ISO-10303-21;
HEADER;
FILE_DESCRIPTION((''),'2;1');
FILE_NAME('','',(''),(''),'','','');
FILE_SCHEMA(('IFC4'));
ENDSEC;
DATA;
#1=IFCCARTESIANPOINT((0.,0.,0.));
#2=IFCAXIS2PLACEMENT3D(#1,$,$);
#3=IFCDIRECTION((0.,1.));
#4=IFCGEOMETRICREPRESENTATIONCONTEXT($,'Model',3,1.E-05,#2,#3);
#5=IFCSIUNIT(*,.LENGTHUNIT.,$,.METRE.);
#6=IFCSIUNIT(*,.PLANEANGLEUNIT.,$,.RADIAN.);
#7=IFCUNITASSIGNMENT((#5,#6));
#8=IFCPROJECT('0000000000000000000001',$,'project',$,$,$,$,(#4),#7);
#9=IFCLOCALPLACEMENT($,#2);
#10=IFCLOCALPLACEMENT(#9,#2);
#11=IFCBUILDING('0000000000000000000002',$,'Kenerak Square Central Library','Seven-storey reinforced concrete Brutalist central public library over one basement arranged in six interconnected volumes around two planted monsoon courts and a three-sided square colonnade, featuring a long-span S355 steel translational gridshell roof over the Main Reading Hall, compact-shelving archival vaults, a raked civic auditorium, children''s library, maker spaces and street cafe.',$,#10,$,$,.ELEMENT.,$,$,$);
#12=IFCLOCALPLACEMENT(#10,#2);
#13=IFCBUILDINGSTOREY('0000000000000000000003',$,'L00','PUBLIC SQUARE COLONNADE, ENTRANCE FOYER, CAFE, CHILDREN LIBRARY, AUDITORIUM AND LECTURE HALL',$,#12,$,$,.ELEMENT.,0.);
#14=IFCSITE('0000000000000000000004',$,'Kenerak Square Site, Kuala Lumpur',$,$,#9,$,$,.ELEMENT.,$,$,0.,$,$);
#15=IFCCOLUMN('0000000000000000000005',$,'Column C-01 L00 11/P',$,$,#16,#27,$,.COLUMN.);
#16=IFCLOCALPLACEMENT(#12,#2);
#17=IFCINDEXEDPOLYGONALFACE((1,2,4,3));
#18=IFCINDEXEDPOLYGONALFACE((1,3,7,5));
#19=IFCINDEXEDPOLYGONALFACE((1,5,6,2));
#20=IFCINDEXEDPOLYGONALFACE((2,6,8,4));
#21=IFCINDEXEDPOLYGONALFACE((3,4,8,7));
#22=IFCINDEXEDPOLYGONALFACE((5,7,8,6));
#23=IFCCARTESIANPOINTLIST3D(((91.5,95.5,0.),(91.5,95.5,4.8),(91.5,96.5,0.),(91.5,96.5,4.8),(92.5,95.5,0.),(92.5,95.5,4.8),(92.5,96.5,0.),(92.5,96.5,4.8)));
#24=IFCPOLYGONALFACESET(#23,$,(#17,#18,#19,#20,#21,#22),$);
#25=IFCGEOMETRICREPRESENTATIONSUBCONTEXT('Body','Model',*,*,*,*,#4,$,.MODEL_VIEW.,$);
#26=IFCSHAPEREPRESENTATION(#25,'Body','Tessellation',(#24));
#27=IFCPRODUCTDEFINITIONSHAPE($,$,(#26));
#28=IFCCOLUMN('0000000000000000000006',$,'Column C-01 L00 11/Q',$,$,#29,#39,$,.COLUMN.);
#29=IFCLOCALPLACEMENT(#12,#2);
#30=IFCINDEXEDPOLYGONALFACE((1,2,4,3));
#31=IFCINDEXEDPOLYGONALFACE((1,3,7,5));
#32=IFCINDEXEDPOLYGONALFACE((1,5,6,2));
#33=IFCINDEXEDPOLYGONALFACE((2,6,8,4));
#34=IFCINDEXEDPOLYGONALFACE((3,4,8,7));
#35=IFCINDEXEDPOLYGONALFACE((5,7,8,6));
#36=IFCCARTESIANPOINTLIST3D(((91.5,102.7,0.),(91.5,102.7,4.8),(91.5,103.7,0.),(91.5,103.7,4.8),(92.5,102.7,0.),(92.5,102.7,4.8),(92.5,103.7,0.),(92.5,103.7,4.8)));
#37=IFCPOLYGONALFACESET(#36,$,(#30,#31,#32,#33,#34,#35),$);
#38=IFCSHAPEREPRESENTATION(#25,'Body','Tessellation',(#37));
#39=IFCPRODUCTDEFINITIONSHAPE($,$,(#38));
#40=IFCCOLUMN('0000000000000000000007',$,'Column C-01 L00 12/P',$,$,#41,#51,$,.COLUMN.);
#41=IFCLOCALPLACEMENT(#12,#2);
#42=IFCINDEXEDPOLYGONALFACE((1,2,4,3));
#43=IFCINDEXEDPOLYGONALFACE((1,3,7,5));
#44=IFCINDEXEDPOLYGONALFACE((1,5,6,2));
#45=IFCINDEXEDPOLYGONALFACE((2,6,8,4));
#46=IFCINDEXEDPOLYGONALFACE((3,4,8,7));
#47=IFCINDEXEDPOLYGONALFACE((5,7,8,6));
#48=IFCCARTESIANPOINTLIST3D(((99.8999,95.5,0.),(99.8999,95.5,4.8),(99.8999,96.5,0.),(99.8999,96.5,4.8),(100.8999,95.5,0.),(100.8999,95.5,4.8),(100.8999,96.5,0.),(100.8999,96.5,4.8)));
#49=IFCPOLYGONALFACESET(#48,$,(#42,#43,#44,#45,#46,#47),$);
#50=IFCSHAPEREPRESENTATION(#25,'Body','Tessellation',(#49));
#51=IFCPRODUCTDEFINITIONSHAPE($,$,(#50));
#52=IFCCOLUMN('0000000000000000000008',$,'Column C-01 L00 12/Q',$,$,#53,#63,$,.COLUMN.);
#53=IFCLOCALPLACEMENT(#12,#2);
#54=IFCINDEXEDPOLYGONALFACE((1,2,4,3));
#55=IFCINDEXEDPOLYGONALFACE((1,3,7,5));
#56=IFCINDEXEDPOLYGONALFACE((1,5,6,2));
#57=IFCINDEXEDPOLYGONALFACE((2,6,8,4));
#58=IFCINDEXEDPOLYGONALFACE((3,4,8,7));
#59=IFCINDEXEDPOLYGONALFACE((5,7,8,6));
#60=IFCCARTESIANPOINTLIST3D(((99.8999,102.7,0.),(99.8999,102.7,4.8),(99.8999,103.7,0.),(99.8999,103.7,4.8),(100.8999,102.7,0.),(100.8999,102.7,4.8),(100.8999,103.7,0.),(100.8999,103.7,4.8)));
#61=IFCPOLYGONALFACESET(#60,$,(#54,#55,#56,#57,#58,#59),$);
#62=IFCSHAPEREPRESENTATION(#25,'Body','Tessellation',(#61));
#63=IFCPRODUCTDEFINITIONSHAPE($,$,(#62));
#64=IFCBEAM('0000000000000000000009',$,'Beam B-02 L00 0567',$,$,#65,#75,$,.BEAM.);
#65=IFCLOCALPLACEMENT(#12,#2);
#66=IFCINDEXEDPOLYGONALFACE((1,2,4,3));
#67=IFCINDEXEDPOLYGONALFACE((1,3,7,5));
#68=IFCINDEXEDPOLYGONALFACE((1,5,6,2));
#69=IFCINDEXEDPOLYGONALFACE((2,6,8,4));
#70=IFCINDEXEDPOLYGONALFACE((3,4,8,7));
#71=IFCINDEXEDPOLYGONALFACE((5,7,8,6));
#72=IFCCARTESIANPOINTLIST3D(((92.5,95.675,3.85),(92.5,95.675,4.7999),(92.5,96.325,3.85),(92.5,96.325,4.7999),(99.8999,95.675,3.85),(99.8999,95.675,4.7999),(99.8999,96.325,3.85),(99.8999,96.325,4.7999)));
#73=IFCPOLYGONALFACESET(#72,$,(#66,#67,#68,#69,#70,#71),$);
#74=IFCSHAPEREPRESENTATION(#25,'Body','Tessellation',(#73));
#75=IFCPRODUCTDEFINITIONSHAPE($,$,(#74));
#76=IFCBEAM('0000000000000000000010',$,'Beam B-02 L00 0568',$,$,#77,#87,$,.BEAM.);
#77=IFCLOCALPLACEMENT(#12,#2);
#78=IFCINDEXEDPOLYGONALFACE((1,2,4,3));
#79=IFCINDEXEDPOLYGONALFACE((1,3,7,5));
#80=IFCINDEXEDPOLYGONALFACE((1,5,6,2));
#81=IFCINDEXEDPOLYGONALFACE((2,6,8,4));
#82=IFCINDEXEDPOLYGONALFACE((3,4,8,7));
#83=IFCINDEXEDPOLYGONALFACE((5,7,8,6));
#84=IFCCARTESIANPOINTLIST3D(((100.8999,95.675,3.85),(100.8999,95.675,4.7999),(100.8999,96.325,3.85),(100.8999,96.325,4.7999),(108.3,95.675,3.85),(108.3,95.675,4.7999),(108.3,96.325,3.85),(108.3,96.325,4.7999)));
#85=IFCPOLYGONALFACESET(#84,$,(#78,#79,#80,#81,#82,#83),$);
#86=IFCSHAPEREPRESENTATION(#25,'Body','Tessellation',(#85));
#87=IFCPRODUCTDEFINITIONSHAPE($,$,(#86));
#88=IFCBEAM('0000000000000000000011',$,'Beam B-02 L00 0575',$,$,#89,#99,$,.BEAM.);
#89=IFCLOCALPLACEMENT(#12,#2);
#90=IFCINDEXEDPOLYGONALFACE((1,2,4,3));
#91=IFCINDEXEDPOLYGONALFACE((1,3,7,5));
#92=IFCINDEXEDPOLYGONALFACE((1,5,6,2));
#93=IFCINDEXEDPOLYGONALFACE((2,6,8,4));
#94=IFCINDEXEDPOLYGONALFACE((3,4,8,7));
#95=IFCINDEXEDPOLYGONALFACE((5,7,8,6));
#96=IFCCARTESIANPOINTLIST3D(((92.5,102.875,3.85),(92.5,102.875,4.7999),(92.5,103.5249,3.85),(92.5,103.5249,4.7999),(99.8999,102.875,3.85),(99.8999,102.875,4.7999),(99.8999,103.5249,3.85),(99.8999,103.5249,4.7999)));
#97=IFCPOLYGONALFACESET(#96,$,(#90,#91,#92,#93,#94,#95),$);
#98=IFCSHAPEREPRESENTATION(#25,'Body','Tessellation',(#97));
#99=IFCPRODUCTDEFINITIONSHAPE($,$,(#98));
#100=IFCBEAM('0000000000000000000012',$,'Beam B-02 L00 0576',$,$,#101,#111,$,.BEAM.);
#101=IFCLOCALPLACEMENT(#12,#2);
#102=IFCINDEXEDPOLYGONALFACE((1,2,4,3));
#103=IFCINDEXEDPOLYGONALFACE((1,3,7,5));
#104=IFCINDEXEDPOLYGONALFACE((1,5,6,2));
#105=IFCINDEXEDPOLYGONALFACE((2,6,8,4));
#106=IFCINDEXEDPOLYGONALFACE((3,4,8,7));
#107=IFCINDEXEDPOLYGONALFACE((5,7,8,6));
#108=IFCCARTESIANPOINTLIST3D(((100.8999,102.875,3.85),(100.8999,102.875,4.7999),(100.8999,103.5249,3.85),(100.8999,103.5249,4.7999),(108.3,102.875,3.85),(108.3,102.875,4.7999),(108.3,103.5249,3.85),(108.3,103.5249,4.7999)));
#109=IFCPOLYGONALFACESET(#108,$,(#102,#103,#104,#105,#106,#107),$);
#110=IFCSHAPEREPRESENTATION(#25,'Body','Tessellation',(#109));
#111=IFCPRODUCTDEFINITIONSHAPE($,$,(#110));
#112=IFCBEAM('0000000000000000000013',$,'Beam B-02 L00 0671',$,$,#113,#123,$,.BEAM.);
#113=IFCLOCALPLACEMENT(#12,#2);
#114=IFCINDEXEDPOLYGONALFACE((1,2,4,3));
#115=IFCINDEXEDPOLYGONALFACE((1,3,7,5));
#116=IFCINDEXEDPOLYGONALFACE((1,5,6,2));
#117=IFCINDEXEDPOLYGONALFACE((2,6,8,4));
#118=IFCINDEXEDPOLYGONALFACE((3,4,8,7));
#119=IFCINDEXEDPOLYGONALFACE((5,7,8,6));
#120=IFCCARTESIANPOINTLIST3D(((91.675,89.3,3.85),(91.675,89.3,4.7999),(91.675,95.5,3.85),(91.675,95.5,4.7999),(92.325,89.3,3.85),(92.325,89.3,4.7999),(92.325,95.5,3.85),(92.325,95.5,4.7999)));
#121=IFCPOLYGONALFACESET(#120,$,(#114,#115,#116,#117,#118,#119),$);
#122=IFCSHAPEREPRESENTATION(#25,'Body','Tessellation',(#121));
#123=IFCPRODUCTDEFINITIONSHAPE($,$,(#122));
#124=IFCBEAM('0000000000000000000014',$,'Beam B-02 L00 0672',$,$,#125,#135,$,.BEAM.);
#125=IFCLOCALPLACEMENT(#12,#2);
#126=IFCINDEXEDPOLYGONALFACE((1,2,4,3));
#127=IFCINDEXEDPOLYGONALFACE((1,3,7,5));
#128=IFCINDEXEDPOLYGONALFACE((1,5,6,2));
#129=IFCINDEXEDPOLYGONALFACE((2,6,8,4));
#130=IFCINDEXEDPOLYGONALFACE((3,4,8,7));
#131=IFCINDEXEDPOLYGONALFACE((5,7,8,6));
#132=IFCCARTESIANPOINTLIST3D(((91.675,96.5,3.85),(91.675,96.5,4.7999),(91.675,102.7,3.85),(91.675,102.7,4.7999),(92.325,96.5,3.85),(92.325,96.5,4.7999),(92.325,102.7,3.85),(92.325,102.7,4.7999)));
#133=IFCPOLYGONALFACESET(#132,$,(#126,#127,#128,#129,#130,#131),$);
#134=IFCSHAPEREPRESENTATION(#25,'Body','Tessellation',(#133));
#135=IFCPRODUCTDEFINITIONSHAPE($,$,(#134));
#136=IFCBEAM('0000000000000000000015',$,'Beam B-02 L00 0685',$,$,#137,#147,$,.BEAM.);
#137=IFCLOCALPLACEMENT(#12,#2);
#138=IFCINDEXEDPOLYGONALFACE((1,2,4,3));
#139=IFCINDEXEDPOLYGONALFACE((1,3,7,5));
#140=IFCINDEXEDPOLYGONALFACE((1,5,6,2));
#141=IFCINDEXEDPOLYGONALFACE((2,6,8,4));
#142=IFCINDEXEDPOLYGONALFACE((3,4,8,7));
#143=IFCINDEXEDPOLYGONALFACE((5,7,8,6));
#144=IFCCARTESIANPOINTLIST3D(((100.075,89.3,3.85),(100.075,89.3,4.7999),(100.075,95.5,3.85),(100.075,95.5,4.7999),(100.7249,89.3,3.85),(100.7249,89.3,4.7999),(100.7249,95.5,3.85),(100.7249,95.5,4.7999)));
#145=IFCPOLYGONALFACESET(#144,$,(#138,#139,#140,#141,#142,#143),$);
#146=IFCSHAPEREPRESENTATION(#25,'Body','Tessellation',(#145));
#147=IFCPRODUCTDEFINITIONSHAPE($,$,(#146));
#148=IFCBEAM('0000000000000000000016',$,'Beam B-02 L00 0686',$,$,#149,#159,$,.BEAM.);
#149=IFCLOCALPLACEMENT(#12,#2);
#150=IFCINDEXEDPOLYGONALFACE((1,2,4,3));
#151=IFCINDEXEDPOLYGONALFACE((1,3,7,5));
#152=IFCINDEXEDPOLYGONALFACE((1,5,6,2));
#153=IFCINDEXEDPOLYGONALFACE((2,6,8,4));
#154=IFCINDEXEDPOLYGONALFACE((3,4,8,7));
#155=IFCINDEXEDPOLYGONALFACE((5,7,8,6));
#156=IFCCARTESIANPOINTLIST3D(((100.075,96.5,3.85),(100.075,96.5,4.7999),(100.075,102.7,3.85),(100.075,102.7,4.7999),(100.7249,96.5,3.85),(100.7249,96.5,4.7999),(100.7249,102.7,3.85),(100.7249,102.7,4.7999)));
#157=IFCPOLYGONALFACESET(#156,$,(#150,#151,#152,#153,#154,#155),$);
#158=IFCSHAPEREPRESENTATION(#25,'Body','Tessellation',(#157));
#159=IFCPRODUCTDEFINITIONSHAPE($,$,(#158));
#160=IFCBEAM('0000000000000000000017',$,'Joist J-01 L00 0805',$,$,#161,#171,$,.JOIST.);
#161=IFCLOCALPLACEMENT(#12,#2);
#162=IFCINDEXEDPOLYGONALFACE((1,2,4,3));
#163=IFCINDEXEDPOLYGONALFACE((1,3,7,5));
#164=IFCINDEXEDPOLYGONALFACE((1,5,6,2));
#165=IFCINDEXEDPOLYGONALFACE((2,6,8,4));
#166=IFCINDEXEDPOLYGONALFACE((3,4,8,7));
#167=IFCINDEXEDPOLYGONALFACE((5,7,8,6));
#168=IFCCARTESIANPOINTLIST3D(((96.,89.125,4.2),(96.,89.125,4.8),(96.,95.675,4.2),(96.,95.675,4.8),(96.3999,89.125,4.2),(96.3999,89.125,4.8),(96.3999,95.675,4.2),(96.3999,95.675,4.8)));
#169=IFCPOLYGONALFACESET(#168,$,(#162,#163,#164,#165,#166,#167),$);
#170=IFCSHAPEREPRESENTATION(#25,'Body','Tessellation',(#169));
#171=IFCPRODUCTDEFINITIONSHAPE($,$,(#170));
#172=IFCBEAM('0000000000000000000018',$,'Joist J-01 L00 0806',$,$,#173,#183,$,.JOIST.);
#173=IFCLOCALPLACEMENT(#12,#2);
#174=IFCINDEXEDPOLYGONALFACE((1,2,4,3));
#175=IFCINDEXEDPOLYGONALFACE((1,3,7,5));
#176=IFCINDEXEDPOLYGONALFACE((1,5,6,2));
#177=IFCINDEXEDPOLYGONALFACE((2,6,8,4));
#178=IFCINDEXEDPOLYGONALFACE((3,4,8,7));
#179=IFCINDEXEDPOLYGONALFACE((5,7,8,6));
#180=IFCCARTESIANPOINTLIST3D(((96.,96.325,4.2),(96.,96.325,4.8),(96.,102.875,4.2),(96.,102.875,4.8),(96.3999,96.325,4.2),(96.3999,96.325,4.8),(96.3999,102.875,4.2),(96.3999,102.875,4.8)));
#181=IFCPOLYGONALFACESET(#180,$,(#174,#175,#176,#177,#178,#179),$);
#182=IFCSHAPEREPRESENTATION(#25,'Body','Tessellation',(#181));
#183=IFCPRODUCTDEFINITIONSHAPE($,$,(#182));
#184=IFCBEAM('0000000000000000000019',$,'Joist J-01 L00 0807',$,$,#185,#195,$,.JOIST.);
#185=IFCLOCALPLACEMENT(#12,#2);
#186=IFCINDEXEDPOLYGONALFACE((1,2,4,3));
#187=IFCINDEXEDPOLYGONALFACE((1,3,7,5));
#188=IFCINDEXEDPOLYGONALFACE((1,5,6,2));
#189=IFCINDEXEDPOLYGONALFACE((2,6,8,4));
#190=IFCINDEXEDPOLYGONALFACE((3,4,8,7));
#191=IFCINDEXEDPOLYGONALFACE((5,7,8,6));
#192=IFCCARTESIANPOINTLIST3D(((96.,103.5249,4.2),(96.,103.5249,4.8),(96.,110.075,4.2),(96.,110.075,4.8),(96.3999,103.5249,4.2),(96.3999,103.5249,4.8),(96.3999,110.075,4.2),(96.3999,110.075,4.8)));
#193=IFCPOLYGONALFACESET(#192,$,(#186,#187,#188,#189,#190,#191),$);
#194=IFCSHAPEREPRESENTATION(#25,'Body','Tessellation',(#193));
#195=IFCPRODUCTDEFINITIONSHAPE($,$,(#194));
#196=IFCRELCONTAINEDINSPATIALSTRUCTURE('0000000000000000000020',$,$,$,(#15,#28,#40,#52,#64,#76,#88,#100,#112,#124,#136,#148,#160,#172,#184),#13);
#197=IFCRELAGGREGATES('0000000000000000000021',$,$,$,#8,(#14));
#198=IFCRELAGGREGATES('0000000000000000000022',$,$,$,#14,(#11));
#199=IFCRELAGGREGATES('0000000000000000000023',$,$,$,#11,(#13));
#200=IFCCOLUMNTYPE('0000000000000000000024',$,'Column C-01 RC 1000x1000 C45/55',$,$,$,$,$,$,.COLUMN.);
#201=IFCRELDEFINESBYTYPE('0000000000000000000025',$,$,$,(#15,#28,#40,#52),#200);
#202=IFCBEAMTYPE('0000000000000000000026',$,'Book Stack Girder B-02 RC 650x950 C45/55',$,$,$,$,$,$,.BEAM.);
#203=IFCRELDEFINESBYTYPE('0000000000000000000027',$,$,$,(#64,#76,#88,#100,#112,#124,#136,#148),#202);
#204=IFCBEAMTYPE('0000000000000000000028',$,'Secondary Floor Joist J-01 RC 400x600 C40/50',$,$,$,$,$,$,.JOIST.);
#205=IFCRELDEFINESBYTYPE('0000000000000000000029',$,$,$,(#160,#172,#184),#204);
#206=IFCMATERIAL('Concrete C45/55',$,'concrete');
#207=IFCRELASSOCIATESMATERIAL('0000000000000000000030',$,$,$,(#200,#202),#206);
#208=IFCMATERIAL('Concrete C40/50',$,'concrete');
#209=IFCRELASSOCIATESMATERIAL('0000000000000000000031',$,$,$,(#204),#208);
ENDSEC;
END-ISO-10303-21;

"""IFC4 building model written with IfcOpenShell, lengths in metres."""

from ifc_helpers import new_model, si_unit, direction, frame, origin, origin_2d, place, context, subcontext, project, spatial, rectangle, extrude, material, material_profile, profile_set, type_object, element, save


model = new_model("IFC4")

# Units and contexts
model_context = context("Model", 3, precision=1e-05, world=origin(), true_north=direction((0.0, 1.0)))
body_context = subcontext(model_context, "Body", "Model", "MODEL_VIEW")
ifc_project = project(units=[si_unit("LENGTHUNIT", "METRE"), si_unit("PLANEANGLEUNIT", "RADIAN")], contexts=[model_context])

# Site, building, storey
site_placement = place(None, origin())
site = spatial("IfcSite", under=ifc_project, at=site_placement, Name="Kenerak Square Site, Kuala Lumpur", CompositionType="ELEMENT", RefElevation=0.0)
building_placement = place(site_placement, origin())
building = spatial("IfcBuilding", under=site, at=building_placement, Name="Kenerak Square Central Library", Description="Seven-storey reinforced concrete Brutalist central public library over one basement arranged in six interconnected volumes around two planted monsoon courts and a three-sided square colonnade, featuring a long-span S355 steel translational gridshell roof over the Main Reading Hall, compact-shelving archival vaults, a raked civic auditorium, children's library, maker spaces and street cafe.", CompositionType="ELEMENT")
storey_placement = place(building_placement, origin())
storey = spatial("IfcBuildingStorey", under=building, at=storey_placement, Name="L00", Description="PUBLIC SQUARE COLONNADE, ENTRANCE FOYER, CAFE, CHILDREN LIBRARY, AUDITORIUM AND LECTURE HALL", CompositionType="ELEMENT", Elevation=0.0)

# Columns
ifc_material_1 = material(Name="Concrete C45/55", Category="concrete")
ifc_material_profile_1 = material_profile(ifc_material_1, rectangle(XDim=1.0, YDim=1.0, at=origin_2d()), Name="RC 1000x1000")
ifc_profile_set_1 = profile_set([ifc_material_profile_1], Name="Concrete C45/55")
column_type = type_object("IfcColumnType", Name="Column C-01 RC 1000x1000 C45/55", PredefinedType="COLUMN", material=ifc_profile_set_1)
for number, where, z_axis, x_axis, name in (
    (1, (92.0, 96.0, 0.0), (0.0, 0.0, 1.0), (1.0, 0.0, 0.0), "Column C-01 L00 11/P"),
    (2, (92.0, 103.2, 0.0), (0.0, 0.0, 1.0), (1.0, 0.0, 0.0), "Column C-01 L00 11/Q"),
    (3, (100.3999, 96.0, 0.0), (0.0, 0.0, 1.0), (1.0, 0.0, 0.0), "Column C-01 L00 12/P"),
    (4, (100.3999, 103.2, 0.0), (0.0, 0.0, 1.0), (1.0, 0.0, 0.0), "Column C-01 L00 12/Q"),
):
    element("IfcColumn", number, at=place(storey_placement, frame(where, z_axis=z_axis, x_axis=x_axis)), inside=storey, type_object=column_type, Name=name, PredefinedType="COLUMN", context=body_context, shape_type="SweptSolid", body=[
        extrude(rectangle(XDim=1.0, YDim=1.0, at=origin_2d()), origin(), (0.0, 0.0, 1.0), 4.8),
    ])

# Beams
ifc_material_profile_2 = material_profile(ifc_material_1, rectangle(XDim=0.6499, YDim=0.95, at=origin_2d()), Name="RC 650x950")
ifc_profile_set_2 = profile_set([ifc_material_profile_2], Name="Concrete C45/55")
beam_type_1 = type_object("IfcBeamType", Name="Book Stack Girder B-02 RC 650x950 C45/55", PredefinedType="BEAM", material=ifc_profile_set_2)
beam_1_placement = place(storey_placement, frame((92.5, 96.0, 4.325), z_axis=(1.0, 0.0, 0.0), x_axis=(0.0, 1.0, 0.0)))
element("IfcBeam", 5, at=beam_1_placement, inside=storey, type_object=beam_type_1, Name="Beam B-02 L00 0567", PredefinedType="BEAM", context=body_context, shape_type="SweptSolid", body=[
    extrude(rectangle(XDim=0.6499, YDim=0.95, at=origin_2d()), origin(), (0.0, 0.0, 1.0), 7.3999),
])
beam_2_placement = place(storey_placement, frame((100.8999, 96.0, 4.325), z_axis=(1.0, 0.0, 0.0), x_axis=(0.0, 1.0, 0.0)))
element("IfcBeam", 6, at=beam_2_placement, inside=storey, type_object=beam_type_1, Name="Beam B-02 L00 0568", PredefinedType="BEAM", context=body_context, shape_type="SweptSolid", body=[
    extrude(rectangle(XDim=0.6499, YDim=0.95, at=origin_2d()), origin(), (0.0, 0.0, 1.0), 7.4001),
])
beam_3_placement = place(storey_placement, frame((92.5, 103.2, 4.325), z_axis=(1.0, 0.0, 0.0), x_axis=(0.0, 1.0, 0.0)))
element("IfcBeam", 7, at=beam_3_placement, inside=storey, type_object=beam_type_1, Name="Beam B-02 L00 0575", PredefinedType="BEAM", context=body_context, shape_type="SweptSolid", body=[
    extrude(rectangle(XDim=0.6499, YDim=0.95, at=origin_2d()), origin(), (0.0, 0.0, 1.0), 7.3999),
])
beam_4_placement = place(storey_placement, frame((100.8999, 103.2, 4.325), z_axis=(1.0, 0.0, 0.0), x_axis=(0.0, 1.0, 0.0)))
element("IfcBeam", 8, at=beam_4_placement, inside=storey, type_object=beam_type_1, Name="Beam B-02 L00 0576", PredefinedType="BEAM", context=body_context, shape_type="SweptSolid", body=[
    extrude(rectangle(XDim=0.6499, YDim=0.95, at=origin_2d()), origin(), (0.0, 0.0, 1.0), 7.4001),
])
for number, where, z_axis, x_axis, name in (
    (9, (92.0, 89.3, 4.325), (0.0, 1.0, 0.0), (-1.0, 0.0, 0.0), "Beam B-02 L00 0671"),
    (10, (92.0, 96.5, 4.325), (0.0, 1.0, 0.0), (-1.0, 0.0, 0.0), "Beam B-02 L00 0672"),
    (11, (100.3999, 89.3, 4.325), (0.0, 1.0, 0.0), (-1.0, 0.0, 0.0), "Beam B-02 L00 0685"),
    (12, (100.3999, 96.5, 4.325), (0.0, 1.0, 0.0), (-1.0, 0.0, 0.0), "Beam B-02 L00 0686"),
):
    element("IfcBeam", number, at=place(storey_placement, frame(where, z_axis=z_axis, x_axis=x_axis)), inside=storey, type_object=beam_type_1, Name=name, PredefinedType="BEAM", context=body_context, shape_type="SweptSolid", body=[
        extrude(rectangle(XDim=0.6499, YDim=0.95, at=origin_2d()), origin(), (0.0, 0.0, 1.0), 6.2),
    ])
ifc_material_2 = material(Name="Concrete C40/50", Category="concrete")
ifc_material_profile_3 = material_profile(ifc_material_2, rectangle(XDim=0.3999, YDim=0.6001, at=origin_2d()), Name="RC 400x600")
ifc_profile_set_3 = profile_set([ifc_material_profile_3], Name="Concrete C40/50")
beam_type_2 = type_object("IfcBeamType", Name="Secondary Floor Joist J-01 RC 400x600 C40/50", PredefinedType="JOIST", material=ifc_profile_set_3)
for number, where, z_axis, x_axis, name in (
    (13, (96.2, 89.125, 4.5), (0.0, 1.0, 0.0), (-1.0, 0.0, 0.0), "Joist J-01 L00 0805"),
    (14, (96.2, 96.325, 4.5), (0.0, 1.0, 0.0), (-1.0, 0.0, 0.0), "Joist J-01 L00 0806"),
    (15, (96.2, 103.5249, 4.5), (0.0, 1.0, 0.0), (-1.0, 0.0, 0.0), "Joist J-01 L00 0807"),
):
    element("IfcBeam", number, at=place(storey_placement, frame(where, z_axis=z_axis, x_axis=x_axis)), inside=storey, type_object=beam_type_2, Name=name, PredefinedType="JOIST", context=body_context, shape_type="SweptSolid", body=[
        extrude(rectangle(XDim=0.3999, YDim=0.6001, at=origin_2d()), origin(), (0.0, 0.0, 1.0), 6.55),
    ])

save(model, "model.ifc")
